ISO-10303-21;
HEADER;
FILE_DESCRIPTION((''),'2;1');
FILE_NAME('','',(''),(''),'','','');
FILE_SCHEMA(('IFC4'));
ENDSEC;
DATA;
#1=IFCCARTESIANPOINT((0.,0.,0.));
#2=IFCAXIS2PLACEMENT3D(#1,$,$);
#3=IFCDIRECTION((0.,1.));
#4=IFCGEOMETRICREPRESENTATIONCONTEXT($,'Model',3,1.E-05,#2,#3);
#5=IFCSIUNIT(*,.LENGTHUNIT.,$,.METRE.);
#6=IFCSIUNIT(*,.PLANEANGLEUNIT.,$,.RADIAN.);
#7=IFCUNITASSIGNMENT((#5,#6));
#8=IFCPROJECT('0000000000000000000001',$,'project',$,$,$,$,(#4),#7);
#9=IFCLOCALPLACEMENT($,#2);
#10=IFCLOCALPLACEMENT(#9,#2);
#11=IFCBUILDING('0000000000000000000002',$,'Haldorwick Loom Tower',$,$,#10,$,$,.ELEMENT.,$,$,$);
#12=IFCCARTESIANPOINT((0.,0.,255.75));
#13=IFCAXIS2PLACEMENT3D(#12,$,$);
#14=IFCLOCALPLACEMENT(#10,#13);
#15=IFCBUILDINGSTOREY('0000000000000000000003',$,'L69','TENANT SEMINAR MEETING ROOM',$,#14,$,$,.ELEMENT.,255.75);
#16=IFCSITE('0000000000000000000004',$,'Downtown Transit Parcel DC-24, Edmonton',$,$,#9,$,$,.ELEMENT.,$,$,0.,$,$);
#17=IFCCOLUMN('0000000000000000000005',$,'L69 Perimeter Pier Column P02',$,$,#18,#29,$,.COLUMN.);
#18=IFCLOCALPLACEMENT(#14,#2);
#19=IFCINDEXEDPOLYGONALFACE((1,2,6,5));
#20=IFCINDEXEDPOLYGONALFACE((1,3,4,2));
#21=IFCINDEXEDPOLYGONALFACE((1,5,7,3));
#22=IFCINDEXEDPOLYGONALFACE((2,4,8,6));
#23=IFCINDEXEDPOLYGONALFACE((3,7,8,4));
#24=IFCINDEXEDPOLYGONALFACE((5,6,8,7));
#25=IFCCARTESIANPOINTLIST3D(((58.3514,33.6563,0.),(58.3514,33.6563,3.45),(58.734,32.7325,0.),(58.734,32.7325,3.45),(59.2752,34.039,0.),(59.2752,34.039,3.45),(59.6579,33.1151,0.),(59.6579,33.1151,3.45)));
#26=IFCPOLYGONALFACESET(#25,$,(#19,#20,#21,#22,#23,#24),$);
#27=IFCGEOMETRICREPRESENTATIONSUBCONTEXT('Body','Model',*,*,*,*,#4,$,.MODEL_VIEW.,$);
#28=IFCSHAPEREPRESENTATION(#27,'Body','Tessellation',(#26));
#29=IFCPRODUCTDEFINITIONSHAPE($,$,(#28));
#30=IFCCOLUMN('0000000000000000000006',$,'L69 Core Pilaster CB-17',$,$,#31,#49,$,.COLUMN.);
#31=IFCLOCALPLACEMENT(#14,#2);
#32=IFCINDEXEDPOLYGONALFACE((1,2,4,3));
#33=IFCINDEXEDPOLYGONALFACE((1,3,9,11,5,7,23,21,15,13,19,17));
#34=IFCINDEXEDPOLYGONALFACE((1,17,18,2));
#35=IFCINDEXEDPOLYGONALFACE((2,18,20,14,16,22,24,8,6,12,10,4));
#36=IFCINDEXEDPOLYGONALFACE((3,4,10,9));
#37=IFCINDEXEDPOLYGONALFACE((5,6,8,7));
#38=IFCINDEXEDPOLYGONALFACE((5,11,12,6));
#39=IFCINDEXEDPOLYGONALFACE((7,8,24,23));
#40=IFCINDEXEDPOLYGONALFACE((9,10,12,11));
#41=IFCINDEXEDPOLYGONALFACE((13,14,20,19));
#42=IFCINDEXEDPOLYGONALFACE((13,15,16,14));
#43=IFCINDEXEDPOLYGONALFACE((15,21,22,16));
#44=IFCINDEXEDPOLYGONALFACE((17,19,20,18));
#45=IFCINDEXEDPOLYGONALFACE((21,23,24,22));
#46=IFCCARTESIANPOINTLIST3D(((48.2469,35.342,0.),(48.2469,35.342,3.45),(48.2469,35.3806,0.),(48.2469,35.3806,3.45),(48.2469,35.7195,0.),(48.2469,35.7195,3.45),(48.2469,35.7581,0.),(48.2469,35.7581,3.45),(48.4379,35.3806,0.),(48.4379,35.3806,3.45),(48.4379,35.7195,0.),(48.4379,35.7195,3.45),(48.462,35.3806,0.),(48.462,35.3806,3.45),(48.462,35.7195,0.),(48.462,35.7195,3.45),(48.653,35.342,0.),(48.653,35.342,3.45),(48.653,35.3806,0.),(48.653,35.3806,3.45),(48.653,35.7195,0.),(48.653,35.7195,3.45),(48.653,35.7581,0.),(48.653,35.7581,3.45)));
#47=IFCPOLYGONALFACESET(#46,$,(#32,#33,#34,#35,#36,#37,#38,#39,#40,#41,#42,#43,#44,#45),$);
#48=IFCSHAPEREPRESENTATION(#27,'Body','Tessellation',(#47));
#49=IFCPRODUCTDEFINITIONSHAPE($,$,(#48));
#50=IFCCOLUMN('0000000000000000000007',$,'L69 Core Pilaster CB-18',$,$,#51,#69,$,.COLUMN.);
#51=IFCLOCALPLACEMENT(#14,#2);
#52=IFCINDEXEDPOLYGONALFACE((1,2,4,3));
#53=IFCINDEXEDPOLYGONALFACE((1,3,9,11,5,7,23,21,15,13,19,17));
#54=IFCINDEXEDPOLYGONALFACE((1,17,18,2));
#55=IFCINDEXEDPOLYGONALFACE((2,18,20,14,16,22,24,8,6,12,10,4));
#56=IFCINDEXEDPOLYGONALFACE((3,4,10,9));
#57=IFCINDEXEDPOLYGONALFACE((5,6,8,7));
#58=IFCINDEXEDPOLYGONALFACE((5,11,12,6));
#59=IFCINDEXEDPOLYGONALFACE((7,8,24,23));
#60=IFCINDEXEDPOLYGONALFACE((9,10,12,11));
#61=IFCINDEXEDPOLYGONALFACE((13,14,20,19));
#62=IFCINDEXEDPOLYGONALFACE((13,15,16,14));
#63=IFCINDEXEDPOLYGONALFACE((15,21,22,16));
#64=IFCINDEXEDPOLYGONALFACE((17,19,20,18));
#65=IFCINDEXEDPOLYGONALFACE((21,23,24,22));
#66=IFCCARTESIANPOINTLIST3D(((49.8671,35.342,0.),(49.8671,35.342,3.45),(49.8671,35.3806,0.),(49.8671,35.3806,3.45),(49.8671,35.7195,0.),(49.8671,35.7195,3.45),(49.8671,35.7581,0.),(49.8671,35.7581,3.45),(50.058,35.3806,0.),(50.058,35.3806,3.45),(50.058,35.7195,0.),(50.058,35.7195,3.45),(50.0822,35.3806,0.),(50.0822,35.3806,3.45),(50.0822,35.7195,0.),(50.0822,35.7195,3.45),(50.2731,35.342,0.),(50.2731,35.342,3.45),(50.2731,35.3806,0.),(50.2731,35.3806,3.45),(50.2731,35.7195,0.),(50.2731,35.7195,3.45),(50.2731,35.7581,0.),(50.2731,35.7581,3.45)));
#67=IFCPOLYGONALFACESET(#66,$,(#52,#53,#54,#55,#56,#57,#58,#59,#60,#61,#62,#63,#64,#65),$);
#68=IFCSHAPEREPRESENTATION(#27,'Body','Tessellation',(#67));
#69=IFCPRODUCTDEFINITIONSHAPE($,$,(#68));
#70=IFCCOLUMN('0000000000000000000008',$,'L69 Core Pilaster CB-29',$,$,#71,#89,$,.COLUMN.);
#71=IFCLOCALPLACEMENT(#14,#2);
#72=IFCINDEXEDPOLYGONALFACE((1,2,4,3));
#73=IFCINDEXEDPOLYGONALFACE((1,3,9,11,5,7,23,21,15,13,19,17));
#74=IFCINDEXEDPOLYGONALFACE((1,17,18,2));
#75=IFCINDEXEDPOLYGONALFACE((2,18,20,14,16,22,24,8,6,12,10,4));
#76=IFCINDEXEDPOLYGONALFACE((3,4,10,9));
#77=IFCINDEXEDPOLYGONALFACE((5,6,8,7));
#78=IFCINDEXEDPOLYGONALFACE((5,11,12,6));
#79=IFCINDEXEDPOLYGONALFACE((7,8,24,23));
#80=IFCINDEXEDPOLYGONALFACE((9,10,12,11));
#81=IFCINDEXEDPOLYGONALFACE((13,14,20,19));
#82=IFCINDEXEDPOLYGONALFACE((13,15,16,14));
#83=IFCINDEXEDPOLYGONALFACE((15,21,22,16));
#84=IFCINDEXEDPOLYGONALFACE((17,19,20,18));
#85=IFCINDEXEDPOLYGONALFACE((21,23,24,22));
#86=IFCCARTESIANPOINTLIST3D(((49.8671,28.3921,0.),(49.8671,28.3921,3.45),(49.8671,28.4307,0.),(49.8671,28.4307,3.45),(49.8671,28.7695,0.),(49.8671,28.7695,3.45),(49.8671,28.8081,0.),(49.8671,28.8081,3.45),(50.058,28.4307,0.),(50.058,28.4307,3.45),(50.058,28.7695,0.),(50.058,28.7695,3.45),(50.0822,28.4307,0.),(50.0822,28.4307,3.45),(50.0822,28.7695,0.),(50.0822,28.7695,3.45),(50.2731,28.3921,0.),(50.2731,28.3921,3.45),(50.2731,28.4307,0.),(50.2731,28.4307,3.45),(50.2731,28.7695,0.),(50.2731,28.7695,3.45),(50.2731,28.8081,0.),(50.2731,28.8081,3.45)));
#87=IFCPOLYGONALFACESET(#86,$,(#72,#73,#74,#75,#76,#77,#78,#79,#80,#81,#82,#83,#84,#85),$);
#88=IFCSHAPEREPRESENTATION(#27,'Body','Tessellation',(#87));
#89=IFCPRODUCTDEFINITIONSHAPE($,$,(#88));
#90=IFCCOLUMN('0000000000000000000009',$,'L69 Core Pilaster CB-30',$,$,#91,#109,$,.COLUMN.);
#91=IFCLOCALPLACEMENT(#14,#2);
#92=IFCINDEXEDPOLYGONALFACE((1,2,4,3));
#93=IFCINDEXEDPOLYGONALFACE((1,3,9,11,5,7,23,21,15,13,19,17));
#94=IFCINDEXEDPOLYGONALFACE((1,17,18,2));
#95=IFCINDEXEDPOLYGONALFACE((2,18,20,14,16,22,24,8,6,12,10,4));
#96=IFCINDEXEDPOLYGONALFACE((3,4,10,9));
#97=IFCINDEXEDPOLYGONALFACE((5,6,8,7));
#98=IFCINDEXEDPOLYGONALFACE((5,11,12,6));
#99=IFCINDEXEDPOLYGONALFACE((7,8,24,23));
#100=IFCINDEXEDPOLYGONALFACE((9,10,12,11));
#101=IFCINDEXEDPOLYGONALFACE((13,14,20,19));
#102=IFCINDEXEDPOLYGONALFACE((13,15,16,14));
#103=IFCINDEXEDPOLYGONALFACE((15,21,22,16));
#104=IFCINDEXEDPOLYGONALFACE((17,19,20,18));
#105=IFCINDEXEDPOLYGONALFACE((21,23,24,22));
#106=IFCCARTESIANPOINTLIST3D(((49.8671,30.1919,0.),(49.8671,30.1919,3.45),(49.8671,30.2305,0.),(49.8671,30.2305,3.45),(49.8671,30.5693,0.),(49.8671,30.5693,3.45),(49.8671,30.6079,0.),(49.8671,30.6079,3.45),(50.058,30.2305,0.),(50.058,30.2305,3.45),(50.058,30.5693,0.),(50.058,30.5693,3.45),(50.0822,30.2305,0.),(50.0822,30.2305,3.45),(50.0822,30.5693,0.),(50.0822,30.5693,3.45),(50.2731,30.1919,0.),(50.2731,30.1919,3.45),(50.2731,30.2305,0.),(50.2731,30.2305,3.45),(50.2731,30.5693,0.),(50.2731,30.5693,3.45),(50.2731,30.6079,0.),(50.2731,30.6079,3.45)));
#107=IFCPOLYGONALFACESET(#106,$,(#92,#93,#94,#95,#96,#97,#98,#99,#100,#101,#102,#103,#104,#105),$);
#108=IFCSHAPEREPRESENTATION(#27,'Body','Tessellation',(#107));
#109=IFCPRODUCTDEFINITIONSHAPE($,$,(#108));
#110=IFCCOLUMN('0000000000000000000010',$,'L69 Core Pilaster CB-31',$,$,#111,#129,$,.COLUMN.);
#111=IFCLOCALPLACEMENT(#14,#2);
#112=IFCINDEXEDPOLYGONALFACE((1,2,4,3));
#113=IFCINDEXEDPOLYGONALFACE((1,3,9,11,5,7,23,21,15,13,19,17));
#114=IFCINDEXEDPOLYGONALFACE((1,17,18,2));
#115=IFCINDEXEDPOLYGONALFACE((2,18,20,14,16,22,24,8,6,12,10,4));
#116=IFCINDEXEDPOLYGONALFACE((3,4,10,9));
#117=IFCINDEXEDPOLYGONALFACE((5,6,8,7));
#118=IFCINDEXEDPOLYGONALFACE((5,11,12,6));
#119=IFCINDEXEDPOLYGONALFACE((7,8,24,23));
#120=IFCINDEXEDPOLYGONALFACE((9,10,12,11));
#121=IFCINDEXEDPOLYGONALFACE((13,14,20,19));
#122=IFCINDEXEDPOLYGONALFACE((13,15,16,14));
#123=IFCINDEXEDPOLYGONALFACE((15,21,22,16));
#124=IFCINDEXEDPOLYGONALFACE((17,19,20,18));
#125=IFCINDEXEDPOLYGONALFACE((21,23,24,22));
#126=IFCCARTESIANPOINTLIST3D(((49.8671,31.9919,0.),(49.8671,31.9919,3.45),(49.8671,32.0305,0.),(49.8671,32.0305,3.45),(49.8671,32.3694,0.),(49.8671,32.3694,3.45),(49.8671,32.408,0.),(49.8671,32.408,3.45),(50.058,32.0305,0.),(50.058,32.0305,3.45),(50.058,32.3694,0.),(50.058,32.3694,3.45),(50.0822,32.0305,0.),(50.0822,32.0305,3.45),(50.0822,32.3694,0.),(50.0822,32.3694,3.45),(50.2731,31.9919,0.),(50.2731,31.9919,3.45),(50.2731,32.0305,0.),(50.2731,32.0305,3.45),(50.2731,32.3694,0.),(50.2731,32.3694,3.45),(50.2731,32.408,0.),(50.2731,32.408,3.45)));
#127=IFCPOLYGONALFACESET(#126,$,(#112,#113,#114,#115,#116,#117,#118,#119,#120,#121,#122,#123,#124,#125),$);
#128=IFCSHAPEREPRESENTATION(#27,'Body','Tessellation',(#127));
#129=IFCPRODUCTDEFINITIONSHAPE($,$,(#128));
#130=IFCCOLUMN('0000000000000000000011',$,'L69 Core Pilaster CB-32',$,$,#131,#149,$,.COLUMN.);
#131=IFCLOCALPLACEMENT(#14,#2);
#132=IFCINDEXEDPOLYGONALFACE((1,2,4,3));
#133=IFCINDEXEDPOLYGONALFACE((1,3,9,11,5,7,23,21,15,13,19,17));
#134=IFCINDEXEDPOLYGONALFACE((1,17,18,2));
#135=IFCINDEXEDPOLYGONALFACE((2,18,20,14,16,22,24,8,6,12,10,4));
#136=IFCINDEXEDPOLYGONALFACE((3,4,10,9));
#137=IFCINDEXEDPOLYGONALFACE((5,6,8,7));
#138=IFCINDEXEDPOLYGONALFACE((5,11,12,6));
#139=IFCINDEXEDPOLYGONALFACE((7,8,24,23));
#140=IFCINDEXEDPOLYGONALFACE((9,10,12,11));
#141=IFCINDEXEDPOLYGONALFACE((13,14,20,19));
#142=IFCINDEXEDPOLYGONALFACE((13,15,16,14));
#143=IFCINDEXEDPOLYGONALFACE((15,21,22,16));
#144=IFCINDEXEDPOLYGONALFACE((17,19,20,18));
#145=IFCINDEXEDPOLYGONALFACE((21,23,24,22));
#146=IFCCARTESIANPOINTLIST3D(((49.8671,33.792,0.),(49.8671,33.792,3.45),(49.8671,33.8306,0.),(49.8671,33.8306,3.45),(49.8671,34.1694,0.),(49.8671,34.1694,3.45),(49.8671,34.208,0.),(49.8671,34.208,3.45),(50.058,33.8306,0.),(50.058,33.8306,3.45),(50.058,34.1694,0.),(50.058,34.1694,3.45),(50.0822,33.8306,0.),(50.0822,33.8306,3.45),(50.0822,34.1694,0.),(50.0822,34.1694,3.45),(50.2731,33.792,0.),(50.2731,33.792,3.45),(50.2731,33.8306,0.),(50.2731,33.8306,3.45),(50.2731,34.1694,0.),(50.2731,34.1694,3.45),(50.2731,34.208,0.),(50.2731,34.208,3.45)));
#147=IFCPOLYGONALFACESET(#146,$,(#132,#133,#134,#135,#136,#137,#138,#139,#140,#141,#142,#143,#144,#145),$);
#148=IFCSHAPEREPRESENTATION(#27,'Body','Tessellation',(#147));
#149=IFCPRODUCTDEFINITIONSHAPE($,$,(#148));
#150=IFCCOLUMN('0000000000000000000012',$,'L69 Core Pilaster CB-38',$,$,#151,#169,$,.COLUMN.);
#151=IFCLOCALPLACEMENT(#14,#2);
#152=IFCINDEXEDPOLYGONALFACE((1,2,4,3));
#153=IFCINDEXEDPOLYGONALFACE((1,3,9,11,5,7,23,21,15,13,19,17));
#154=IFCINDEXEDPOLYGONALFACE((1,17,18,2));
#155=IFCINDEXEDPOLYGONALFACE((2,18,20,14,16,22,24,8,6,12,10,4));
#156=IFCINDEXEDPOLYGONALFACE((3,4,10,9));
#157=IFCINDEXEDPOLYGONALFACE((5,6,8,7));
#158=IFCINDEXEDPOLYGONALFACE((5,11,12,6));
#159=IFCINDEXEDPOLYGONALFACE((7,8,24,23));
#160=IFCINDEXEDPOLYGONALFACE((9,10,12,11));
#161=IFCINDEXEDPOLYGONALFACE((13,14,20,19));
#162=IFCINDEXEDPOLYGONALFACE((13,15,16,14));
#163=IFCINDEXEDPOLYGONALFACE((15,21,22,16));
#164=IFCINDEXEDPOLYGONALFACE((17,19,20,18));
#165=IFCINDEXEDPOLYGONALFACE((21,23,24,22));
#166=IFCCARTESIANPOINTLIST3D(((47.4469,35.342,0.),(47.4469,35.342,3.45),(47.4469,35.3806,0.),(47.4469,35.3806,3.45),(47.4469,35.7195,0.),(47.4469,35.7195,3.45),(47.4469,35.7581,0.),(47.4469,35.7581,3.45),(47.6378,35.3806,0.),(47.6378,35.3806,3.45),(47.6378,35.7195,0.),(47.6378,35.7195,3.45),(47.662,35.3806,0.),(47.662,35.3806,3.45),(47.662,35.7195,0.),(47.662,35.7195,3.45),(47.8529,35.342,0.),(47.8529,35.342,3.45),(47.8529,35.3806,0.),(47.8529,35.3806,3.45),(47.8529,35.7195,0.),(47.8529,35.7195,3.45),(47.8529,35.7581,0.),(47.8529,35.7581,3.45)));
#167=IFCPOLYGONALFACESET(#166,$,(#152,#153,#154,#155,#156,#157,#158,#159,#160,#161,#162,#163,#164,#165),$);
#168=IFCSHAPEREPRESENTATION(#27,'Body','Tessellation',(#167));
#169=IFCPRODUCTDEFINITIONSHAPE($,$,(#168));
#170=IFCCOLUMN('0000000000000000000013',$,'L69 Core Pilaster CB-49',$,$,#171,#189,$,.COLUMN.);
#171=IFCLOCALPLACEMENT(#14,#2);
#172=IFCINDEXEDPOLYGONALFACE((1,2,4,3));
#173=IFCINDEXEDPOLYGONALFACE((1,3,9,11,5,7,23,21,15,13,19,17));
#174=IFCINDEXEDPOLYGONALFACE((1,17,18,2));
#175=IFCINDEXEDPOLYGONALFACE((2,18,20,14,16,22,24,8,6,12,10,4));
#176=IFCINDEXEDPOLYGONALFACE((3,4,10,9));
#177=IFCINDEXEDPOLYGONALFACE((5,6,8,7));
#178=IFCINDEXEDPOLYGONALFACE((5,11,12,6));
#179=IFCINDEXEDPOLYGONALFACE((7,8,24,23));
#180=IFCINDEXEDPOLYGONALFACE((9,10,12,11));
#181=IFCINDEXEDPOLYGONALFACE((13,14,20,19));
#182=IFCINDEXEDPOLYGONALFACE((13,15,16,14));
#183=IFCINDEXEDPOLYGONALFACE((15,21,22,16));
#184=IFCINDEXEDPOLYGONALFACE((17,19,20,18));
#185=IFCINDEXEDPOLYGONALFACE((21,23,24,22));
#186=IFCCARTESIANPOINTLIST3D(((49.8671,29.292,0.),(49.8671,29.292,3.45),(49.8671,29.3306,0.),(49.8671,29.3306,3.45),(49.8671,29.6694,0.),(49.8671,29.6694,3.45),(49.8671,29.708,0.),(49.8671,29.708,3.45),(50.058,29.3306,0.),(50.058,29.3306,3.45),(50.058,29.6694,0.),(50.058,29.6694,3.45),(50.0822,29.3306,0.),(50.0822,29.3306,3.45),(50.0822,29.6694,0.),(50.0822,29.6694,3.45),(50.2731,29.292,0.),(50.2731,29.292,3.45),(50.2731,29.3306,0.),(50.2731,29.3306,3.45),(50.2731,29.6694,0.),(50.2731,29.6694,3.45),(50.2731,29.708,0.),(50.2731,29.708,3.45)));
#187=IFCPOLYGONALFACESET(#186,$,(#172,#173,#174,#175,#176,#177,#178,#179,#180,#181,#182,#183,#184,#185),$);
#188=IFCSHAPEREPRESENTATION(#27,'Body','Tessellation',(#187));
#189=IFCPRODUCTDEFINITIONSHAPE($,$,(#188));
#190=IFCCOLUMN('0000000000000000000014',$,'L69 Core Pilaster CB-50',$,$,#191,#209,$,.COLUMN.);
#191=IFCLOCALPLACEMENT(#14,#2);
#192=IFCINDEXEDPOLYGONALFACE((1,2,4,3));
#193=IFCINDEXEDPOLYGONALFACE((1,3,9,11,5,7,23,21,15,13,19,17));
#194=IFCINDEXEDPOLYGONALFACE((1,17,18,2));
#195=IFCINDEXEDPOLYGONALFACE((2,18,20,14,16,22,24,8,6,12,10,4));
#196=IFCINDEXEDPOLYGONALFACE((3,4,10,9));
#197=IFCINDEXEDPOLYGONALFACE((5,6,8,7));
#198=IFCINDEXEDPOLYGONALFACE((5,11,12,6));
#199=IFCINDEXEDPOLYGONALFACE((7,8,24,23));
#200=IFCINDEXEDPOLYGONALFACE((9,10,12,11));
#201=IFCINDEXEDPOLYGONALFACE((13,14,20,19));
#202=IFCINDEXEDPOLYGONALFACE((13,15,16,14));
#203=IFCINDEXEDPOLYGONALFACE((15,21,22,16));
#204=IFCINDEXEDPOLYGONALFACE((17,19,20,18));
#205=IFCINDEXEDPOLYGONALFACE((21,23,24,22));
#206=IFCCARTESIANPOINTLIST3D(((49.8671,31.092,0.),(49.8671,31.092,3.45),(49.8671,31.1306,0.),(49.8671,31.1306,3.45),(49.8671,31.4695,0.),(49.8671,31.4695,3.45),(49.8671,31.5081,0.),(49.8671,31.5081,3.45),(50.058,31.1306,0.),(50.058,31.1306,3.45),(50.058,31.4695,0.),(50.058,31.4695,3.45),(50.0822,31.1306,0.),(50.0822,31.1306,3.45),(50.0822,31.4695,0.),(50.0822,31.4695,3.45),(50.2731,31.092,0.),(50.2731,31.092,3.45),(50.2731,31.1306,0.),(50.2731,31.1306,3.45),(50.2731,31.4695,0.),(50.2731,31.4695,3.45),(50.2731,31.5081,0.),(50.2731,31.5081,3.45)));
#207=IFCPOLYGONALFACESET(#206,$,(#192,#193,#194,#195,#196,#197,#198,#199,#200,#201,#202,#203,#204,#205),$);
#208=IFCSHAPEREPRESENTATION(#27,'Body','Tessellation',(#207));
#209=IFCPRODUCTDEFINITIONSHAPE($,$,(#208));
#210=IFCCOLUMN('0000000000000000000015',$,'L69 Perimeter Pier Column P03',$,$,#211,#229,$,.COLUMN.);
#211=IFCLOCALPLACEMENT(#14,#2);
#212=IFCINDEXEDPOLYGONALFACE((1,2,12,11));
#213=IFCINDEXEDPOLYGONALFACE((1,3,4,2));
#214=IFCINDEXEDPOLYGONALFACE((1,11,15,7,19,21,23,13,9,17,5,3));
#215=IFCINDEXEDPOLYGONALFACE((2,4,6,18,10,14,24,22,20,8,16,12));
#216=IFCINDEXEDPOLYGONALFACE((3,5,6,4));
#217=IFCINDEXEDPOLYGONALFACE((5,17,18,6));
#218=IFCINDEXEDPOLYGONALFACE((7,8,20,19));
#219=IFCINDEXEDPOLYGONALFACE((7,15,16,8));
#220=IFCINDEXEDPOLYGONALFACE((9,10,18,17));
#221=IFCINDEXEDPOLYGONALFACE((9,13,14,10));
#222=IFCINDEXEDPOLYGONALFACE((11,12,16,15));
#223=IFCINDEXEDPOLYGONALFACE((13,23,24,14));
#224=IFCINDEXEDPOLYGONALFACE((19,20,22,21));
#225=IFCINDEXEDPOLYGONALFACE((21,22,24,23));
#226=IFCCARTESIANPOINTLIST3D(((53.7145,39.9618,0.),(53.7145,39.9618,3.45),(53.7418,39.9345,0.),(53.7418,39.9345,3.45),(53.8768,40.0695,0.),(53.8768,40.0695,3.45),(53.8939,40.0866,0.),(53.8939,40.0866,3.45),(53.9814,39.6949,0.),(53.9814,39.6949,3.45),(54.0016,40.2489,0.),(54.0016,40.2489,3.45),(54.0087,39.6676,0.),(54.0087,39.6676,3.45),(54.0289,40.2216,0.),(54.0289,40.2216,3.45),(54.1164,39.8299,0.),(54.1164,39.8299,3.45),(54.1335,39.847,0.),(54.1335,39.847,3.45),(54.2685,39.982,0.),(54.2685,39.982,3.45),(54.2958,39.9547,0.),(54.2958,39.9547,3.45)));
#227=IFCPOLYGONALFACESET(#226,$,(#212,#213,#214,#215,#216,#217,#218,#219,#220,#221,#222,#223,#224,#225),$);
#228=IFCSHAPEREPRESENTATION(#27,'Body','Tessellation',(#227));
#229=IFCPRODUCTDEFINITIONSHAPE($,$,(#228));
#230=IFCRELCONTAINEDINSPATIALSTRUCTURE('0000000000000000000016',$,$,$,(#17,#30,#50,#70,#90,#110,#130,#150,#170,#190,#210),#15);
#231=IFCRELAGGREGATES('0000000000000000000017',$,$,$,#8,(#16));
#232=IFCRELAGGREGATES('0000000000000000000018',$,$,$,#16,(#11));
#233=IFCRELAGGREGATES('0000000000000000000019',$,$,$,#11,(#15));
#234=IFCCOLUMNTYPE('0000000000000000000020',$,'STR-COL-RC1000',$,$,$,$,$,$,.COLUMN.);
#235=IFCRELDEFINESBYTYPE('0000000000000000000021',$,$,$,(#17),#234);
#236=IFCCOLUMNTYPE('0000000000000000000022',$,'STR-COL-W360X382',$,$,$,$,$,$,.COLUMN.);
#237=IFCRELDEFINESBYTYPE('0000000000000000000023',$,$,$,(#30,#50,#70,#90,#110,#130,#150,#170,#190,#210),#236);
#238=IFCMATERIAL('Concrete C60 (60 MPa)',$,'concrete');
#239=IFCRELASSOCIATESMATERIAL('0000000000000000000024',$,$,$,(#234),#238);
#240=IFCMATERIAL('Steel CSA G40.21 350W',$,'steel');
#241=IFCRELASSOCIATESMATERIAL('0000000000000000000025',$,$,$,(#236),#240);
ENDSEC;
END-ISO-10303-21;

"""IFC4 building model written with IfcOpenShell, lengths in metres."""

from ifc_helpers import new_model, si_unit, direction, frame, origin, origin_2d, place, context, subcontext, project, spatial, rectangle, i_section, extrude, material, material_profile, profile_set, type_object, element, save


model = new_model("IFC4")

# Units and contexts
model_context = context("Model", 3, precision=1e-05, world=origin(), true_north=direction((0.0, 1.0)))
body_context = subcontext(model_context, "Body", "Model", "MODEL_VIEW")
ifc_project = project(units=[si_unit("LENGTHUNIT", "METRE"), si_unit("PLANEANGLEUNIT", "RADIAN")], contexts=[model_context])

# Site, building, storey
site_placement = place(None, origin())
site = spatial("IfcSite", under=ifc_project, at=site_placement, Name="Downtown Transit Parcel DC-24, Edmonton", CompositionType="ELEMENT", RefElevation=0.0)
building_placement = place(site_placement, origin())
building = spatial("IfcBuilding", under=site, at=building_placement, Name="Haldorwick Loom Tower", CompositionType="ELEMENT")
storey_placement = place(building_placement, frame((0.0, 0.0, 255.75)))
storey = spatial("IfcBuildingStorey", under=building, at=storey_placement, Name="L69", Description="TENANT SEMINAR MEETING ROOM", CompositionType="ELEMENT", Elevation=255.75)

# Columns
ifc_material_1 = material(Name="Concrete C60 (60 MPa)", Category="concrete")
ifc_material_profile_1 = material_profile(ifc_material_1, rectangle(XDim=1.0, YDim=1.0, at=origin_2d()), Name="RC1000X1000", Category="concrete")
ifc_profile_set_1 = profile_set([ifc_material_profile_1], Name="Concrete C60 (60 MPa)")
column_type_1 = type_object("IfcColumnType", Name="STR-COL-RC1000", PredefinedType="COLUMN", material=ifc_profile_set_1)
column_placement = place(storey_placement, frame((59.0046, 33.3857, 0.0), z_axis=(0.0, 0.0, 1.0), x_axis=(0.92388, 0.382683, 0.0)))
element("IfcColumn", 1, at=column_placement, inside=storey, type_object=column_type_1, Name="L69 Perimeter Pier Column P02", PredefinedType="COLUMN", context=body_context, shape_type="SweptSolid", body=[
    extrude(rectangle(XDim=1.0, YDim=1.0, at=origin_2d()), origin(), (0.0, 0.0, 1.0), 3.45),
])
ifc_material_2 = material(Name="Steel CSA G40.21 350W", Category="steel")
ifc_material_profile_2 = material_profile(ifc_material_2, i_section(OverallWidth=0.406, OverallDepth=0.416, WebThickness=0.0242, FlangeThickness=0.0386, at=origin_2d()), Name="W360X382", Category="steel")
ifc_profile_set_2 = profile_set([ifc_material_profile_2], Name="Steel CSA G40.21 350W")
column_type_2 = type_object("IfcColumnType", Name="STR-COL-W360X382", PredefinedType="COLUMN", material=ifc_profile_set_2)
for number, where, z_axis, x_axis, name in (
    (2, (48.45, 35.55, 0.0), (0.0, 0.0, 1.0), (1.0, 0.0, 0.0), "L69 Core Pilaster CB-17"),
    (3, (50.0701, 35.55, 0.0), (0.0, 0.0, 1.0), (1.0, 0.0, 0.0), "L69 Core Pilaster CB-18"),
    (4, (50.0701, 28.6001, 0.0), (0.0, 0.0, 1.0), (1.0, 0.0, 0.0), "L69 Core Pilaster CB-29"),
    (5, (50.0701, 30.3999, 0.0), (0.0, 0.0, 1.0), (1.0, 0.0, 0.0), "L69 Core Pilaster CB-30"),
    (6, (50.0701, 32.2, 0.0), (0.0, 0.0, 1.0), (1.0, 0.0, 0.0), "L69 Core Pilaster CB-31"),
    (7, (50.0701, 34.0, 0.0), (0.0, 0.0, 1.0), (1.0, 0.0, 0.0), "L69 Core Pilaster CB-32"),
    (8, (47.6499, 35.55, 0.0), (0.0, 0.0, 1.0), (1.0, 0.0, 0.0), "L69 Core Pilaster CB-38"),
    (9, (50.0701, 29.5, 0.0), (0.0, 0.0, 1.0), (1.0, 0.0, 0.0), "L69 Core Pilaster CB-49"),
    (10, (50.0701, 31.3, 0.0), (0.0, 0.0, 1.0), (1.0, 0.0, 0.0), "L69 Core Pilaster CB-50"),
    (11, (54.0051, 39.9583, 0.0), (0.0, 0.0, 1.0), (0.707107, 0.707107, 0.0), "L69 Perimeter Pier Column P03"),
):
    element("IfcColumn", number, at=place(storey_placement, frame(where, z_axis=z_axis, x_axis=x_axis)), inside=storey, type_object=column_type_2, Name=name, PredefinedType="COLUMN", context=body_context, shape_type="SweptSolid", body=[
        extrude(i_section(OverallWidth=0.406, OverallDepth=0.416, WebThickness=0.0242, FlangeThickness=0.0386, at=origin_2d()), origin(), (0.0, 0.0, 1.0), 3.45),
    ])

save(model, "model.ifc")
